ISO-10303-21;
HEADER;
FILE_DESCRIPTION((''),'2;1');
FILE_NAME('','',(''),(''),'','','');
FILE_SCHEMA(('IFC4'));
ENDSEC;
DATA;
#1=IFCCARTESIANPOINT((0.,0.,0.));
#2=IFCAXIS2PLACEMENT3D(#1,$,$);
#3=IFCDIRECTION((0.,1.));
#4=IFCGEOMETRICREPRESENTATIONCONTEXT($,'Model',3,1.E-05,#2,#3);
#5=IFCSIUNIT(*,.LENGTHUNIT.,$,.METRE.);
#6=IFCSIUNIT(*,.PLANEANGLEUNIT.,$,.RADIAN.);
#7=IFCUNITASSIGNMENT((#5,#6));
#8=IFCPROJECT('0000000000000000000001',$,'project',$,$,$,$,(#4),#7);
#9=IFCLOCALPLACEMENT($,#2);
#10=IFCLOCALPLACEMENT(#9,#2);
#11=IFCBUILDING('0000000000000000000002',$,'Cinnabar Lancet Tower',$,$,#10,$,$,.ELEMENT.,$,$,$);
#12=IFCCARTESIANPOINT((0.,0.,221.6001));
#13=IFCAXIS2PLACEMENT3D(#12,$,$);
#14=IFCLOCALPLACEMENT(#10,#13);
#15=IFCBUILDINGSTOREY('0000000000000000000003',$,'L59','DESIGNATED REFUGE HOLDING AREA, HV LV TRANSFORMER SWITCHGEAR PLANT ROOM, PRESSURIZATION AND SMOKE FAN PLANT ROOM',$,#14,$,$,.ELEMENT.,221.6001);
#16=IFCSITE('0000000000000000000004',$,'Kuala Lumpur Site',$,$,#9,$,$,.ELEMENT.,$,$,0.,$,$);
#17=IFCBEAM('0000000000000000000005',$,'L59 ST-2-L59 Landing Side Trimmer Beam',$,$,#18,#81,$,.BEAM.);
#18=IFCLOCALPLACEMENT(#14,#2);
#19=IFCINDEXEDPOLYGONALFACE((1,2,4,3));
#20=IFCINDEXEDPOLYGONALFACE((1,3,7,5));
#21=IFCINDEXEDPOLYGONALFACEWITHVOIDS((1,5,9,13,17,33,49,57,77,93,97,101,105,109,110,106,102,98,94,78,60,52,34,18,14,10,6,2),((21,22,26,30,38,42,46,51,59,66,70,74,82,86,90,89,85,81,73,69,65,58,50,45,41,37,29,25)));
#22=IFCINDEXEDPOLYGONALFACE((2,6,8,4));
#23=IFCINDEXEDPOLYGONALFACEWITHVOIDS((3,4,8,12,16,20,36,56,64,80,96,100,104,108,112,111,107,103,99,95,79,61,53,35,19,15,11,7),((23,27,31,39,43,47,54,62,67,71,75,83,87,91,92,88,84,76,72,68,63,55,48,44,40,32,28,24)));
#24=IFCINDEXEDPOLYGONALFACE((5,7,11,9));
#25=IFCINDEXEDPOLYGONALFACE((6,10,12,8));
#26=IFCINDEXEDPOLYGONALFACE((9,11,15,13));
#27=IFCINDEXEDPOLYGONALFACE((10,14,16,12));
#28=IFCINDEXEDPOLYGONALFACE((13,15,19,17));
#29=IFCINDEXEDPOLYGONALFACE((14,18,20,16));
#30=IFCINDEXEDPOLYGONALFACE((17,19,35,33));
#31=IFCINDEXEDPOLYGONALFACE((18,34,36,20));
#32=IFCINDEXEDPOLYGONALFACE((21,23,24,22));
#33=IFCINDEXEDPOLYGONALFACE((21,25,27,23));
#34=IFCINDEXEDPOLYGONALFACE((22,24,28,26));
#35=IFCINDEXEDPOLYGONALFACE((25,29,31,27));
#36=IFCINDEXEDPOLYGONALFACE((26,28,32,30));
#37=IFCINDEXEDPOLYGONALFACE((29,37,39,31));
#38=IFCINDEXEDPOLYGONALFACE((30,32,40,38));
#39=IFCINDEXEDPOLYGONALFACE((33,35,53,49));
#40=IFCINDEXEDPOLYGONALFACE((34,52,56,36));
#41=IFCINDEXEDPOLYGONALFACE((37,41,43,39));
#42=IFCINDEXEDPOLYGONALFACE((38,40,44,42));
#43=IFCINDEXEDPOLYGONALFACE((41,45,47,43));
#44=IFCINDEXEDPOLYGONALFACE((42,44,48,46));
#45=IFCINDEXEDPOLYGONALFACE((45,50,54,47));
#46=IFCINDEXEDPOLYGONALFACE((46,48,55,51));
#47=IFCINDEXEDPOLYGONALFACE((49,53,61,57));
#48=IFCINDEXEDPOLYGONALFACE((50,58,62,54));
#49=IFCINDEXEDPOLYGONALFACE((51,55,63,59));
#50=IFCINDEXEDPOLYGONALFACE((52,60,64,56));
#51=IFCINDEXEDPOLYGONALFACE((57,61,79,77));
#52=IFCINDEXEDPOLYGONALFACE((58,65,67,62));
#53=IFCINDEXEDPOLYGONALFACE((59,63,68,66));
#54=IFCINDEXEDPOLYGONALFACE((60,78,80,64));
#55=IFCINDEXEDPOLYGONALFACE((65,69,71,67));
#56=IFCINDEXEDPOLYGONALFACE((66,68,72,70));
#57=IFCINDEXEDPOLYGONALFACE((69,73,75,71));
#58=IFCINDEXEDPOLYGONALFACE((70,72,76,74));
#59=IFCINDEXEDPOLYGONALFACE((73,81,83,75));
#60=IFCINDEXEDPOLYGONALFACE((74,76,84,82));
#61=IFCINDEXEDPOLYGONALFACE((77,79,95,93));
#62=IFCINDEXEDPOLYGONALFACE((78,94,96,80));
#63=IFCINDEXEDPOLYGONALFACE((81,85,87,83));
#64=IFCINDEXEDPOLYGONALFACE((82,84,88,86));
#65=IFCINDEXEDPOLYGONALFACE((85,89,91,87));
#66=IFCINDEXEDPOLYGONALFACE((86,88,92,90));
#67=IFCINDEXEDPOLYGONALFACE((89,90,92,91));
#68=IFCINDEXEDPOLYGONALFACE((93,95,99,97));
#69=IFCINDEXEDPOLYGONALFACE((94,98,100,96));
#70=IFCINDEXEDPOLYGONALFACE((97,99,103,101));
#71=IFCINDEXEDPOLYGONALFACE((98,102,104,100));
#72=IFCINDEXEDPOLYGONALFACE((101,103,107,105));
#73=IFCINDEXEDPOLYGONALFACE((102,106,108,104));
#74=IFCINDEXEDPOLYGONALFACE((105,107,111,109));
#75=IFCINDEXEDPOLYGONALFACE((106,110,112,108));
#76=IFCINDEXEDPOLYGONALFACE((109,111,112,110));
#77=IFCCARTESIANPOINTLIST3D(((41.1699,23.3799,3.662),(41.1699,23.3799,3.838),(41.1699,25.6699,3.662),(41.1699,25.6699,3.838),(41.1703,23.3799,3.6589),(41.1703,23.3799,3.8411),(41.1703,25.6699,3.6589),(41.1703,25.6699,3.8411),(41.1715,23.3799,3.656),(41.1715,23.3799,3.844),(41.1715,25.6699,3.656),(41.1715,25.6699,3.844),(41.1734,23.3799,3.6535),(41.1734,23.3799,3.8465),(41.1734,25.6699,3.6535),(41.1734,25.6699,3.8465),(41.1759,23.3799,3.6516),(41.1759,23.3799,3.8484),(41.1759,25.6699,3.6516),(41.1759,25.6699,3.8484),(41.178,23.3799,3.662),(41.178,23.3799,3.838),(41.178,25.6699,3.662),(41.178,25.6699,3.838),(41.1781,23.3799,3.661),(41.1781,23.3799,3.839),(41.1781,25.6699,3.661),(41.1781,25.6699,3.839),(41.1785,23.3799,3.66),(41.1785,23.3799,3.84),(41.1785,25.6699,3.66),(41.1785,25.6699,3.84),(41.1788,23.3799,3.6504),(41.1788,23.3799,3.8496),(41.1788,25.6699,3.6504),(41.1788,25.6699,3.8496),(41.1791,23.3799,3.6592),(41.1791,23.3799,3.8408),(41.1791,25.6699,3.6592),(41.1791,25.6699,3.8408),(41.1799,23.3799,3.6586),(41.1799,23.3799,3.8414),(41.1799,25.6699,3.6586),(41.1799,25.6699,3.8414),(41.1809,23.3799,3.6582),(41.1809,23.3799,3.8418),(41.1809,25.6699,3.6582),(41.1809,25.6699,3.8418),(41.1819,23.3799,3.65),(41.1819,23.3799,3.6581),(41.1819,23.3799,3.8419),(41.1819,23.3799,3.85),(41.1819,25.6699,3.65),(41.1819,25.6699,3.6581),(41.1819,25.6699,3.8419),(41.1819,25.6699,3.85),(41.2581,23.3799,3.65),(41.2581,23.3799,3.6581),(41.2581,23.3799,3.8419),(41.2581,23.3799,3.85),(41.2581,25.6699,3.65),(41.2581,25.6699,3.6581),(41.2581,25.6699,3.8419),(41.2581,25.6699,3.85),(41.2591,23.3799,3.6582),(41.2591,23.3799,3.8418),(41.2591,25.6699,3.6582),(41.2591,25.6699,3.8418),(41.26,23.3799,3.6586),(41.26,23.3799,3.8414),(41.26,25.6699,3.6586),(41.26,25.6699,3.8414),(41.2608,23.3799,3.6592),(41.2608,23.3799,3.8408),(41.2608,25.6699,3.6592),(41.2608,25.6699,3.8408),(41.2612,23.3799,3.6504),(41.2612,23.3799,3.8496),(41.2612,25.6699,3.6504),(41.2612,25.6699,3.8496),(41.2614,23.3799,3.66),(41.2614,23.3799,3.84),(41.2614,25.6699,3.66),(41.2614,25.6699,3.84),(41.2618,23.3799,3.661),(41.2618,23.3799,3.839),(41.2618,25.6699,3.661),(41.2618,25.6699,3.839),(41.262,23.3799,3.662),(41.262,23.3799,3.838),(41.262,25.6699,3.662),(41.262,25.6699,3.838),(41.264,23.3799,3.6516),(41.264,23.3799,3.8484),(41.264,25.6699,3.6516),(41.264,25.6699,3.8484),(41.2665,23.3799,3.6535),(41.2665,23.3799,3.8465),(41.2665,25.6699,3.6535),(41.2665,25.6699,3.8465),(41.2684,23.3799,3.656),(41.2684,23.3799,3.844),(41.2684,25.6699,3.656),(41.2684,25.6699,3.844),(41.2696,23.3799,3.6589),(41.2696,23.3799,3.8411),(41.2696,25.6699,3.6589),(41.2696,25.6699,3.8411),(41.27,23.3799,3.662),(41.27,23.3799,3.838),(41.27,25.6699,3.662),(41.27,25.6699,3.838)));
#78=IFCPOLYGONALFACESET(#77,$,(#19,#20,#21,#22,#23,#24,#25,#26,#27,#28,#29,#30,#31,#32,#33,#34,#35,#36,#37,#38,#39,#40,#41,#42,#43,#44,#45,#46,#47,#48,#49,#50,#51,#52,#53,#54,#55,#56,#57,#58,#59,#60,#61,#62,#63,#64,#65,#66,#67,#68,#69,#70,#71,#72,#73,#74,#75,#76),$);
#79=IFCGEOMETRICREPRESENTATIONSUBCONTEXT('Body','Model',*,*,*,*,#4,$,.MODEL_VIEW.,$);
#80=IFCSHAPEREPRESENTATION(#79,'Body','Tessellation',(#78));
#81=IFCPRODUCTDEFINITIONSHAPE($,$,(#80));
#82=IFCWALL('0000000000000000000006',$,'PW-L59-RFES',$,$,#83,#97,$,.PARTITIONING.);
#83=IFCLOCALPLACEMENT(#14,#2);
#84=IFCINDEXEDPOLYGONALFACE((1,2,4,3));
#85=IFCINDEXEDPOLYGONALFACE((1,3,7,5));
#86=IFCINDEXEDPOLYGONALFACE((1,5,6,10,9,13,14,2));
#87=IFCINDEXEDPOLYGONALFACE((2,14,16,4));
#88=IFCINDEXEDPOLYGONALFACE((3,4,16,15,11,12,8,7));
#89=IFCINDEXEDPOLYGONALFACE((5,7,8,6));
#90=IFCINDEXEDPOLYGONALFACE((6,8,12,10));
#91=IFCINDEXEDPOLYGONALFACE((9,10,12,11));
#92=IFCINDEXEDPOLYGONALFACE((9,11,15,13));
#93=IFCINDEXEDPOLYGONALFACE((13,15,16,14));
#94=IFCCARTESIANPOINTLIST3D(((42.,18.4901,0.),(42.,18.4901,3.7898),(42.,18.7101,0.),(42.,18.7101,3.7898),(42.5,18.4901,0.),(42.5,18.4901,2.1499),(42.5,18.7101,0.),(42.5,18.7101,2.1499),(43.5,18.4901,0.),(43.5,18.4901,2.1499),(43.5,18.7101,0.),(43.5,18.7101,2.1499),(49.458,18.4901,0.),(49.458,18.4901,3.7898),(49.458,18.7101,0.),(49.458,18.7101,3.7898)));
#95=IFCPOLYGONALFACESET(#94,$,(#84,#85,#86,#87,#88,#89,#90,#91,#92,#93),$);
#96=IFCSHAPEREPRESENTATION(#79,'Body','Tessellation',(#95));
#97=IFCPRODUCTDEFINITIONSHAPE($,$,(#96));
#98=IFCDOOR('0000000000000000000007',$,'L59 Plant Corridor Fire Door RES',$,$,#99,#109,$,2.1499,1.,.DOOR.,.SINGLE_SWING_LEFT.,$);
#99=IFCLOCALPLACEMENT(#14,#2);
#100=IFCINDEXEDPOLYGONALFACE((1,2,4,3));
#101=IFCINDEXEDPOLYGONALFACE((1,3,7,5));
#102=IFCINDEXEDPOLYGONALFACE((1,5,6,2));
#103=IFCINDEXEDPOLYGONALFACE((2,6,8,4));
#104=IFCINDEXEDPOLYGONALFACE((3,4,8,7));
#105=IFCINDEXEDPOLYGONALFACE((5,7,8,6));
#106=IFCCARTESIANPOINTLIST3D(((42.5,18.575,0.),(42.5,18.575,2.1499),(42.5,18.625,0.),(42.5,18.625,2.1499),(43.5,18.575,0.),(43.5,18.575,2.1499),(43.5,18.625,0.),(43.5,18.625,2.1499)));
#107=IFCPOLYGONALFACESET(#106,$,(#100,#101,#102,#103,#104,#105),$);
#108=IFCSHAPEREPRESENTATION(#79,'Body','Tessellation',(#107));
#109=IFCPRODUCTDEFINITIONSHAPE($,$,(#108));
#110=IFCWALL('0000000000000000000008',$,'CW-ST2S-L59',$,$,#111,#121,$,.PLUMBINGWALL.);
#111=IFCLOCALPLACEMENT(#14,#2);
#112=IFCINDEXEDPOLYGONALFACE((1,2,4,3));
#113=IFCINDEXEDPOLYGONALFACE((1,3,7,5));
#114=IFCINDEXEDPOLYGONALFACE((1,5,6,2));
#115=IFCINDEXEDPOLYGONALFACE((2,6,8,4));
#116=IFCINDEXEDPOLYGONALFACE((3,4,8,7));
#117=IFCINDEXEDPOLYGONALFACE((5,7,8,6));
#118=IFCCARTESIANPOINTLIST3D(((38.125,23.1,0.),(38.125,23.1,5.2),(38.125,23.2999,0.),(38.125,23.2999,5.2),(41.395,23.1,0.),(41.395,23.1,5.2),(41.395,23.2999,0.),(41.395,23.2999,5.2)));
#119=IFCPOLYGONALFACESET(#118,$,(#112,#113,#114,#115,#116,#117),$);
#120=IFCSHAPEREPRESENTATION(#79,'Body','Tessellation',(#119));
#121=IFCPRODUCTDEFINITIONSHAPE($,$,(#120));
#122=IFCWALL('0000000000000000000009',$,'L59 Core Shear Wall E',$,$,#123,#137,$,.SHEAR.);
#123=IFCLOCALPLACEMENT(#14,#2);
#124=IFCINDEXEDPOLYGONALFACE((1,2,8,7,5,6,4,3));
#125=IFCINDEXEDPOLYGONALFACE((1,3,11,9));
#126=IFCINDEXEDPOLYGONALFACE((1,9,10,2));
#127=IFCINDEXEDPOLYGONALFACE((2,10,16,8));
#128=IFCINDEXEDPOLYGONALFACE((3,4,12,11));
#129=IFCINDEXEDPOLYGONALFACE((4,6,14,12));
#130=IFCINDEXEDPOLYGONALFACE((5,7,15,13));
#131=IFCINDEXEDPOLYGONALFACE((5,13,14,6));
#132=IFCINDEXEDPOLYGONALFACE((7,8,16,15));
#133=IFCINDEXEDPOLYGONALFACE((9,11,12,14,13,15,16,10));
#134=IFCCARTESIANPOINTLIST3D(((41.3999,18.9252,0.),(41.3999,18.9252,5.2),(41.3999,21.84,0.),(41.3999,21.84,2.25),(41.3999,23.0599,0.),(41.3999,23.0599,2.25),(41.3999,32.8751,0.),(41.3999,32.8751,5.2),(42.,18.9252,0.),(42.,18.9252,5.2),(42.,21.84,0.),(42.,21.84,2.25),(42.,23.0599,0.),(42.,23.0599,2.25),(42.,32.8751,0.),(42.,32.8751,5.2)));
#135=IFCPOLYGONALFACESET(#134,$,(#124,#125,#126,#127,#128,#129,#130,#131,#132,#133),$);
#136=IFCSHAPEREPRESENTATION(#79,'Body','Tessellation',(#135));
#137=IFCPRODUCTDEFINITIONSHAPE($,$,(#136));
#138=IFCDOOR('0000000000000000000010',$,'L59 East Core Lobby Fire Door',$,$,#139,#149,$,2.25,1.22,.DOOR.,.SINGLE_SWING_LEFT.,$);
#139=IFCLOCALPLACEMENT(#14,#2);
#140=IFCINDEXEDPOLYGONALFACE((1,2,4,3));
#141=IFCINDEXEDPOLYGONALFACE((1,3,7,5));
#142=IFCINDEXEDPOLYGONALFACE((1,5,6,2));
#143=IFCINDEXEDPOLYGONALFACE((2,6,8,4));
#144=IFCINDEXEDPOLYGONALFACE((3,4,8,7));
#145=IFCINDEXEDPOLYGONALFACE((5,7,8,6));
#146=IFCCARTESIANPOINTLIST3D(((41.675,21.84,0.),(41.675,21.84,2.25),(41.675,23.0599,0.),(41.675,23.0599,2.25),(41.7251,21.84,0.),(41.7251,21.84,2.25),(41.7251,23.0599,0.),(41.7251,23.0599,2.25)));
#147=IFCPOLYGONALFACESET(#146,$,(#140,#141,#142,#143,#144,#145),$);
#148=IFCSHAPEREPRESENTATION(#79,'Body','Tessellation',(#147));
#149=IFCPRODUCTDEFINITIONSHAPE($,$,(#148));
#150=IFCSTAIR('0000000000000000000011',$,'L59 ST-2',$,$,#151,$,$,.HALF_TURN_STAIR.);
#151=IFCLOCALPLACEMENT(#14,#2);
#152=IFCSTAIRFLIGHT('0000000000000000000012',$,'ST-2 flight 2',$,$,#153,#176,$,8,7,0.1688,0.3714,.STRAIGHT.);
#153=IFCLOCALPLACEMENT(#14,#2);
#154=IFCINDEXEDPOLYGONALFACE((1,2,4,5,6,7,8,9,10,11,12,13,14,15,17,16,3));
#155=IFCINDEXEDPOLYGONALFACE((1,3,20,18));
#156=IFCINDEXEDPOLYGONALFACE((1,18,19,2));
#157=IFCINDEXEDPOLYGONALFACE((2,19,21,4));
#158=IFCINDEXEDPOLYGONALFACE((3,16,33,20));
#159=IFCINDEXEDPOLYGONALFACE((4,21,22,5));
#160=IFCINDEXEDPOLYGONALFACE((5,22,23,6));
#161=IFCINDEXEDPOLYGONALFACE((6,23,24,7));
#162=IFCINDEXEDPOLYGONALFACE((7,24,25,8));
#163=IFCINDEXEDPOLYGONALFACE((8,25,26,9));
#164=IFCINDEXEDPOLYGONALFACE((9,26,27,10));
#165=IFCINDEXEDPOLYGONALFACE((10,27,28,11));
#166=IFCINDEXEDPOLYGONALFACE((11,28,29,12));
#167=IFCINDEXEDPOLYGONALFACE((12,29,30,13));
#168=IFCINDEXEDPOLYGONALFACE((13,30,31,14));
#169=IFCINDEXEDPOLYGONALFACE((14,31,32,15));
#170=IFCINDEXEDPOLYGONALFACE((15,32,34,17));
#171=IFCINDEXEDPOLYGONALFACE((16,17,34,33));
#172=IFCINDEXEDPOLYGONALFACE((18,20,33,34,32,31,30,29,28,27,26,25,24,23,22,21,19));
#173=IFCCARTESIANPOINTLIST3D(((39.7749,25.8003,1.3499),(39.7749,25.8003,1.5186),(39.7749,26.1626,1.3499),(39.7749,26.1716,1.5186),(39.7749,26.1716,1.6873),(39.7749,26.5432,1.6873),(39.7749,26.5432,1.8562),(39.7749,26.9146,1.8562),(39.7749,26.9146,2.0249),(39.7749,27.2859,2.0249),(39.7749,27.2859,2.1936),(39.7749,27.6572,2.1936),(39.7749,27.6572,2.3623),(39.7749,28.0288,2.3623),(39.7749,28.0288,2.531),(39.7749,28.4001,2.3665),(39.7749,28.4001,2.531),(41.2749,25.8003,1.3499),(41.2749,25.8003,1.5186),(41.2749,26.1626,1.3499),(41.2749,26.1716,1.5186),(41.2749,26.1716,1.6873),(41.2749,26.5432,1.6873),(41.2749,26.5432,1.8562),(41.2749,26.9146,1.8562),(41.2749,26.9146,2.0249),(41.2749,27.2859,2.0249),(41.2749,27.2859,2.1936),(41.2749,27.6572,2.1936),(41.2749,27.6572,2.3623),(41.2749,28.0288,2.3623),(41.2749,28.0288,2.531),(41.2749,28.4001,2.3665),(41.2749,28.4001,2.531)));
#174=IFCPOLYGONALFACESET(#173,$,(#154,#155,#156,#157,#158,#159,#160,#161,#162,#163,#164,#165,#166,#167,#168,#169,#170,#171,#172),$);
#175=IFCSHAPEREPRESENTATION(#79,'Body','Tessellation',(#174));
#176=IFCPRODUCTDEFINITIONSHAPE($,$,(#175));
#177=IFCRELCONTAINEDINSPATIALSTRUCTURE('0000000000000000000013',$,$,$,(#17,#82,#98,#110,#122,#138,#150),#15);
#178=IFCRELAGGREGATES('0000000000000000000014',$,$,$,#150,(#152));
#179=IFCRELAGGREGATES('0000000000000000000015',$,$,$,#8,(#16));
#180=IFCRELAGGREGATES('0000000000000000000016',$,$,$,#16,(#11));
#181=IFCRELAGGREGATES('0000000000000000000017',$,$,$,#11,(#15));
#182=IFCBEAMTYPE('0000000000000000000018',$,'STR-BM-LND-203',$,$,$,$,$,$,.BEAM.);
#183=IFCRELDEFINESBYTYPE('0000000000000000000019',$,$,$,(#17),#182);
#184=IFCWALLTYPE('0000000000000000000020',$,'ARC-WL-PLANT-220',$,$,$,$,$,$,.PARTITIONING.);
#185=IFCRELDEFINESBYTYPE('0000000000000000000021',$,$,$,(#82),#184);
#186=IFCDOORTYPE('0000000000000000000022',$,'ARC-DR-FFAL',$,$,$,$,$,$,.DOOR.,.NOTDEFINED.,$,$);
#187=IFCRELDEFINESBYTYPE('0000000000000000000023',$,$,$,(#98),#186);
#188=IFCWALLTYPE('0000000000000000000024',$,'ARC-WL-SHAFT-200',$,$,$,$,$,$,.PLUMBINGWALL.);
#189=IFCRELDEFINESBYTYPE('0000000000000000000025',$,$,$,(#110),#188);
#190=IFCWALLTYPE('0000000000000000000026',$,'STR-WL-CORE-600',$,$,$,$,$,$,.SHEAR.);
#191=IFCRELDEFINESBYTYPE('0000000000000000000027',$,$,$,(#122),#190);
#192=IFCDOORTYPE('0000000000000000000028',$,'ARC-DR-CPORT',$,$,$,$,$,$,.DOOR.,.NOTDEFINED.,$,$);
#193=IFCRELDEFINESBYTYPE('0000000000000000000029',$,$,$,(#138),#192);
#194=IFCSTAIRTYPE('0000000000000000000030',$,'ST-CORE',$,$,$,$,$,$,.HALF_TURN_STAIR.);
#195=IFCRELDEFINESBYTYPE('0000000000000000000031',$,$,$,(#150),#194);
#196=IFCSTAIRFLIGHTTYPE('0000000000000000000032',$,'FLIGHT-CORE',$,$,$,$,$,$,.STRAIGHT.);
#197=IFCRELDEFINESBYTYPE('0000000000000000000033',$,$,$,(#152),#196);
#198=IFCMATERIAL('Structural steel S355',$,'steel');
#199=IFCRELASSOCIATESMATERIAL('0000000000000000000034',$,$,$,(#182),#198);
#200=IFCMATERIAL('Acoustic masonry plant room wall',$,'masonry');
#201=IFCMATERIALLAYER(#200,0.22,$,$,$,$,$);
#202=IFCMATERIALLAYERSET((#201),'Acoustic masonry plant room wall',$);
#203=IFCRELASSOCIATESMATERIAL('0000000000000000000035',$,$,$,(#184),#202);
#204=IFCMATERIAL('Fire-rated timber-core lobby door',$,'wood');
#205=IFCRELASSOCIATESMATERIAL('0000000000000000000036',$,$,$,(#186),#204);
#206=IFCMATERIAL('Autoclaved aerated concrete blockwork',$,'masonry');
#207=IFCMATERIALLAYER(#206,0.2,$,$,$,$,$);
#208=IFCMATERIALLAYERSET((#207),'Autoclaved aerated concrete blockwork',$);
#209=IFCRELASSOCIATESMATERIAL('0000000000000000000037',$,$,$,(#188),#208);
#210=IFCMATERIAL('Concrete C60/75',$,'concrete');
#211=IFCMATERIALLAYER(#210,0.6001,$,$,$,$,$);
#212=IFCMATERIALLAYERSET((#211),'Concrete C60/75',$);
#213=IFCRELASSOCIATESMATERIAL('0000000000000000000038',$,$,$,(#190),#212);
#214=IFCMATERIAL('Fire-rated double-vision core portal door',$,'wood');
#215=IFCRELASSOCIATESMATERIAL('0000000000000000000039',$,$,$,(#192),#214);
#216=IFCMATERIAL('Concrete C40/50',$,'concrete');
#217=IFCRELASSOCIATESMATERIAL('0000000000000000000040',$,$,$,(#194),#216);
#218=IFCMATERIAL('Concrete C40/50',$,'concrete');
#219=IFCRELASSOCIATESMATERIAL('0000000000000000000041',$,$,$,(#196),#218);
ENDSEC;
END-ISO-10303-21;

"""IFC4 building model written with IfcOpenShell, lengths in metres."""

from ifc_helpers import new_model, si_unit, direction, frame, frame_2d, origin, origin_2d, place, context, subcontext, project, spatial, polyline, rectangle, hollow_rectangle, outline, extrude, material, layer, layer_set, material_profile, profile_set, type_object, element, fill, aggregate, save


model = new_model("IFC4")

# Units and contexts
model_context = context("Model", 3, precision=1e-05, world=origin(), true_north=direction((0.0, 1.0)))
body_context = subcontext(model_context, "Body", "Model", "MODEL_VIEW")
ifc_project = project(units=[si_unit("LENGTHUNIT", "METRE"), si_unit("PLANEANGLEUNIT", "RADIAN")], contexts=[model_context])

# Site, building, storey
site_placement = place(None, origin())
site = spatial("IfcSite", under=ifc_project, at=site_placement, Name="Kuala Lumpur Site", CompositionType="ELEMENT", RefElevation=0.0)
building_placement = place(site_placement, origin())
building = spatial("IfcBuilding", under=site, at=building_placement, Name="Cinnabar Lancet Tower", CompositionType="ELEMENT")
storey_placement = place(building_placement, frame((0.0, 0.0, 221.6001)))
storey = spatial("IfcBuildingStorey", under=building, at=storey_placement, Name="L59", Description="DESIGNATED REFUGE HOLDING AREA, HV LV TRANSFORMER SWITCHGEAR PLANT ROOM, PRESSURIZATION AND SMOKE FAN PLANT ROOM", CompositionType="ELEMENT", Elevation=221.6001)

# Beam
ifc_material_1 = material(Name="Structural steel S355", Category="steel")
ifc_material_profile_1 = material_profile(ifc_material_1, hollow_rectangle(XDim=0.1001, YDim=0.2, WallThickness=0.0081, InnerFilletRadius=0.0039, OuterFilletRadius=0.012, at=origin_2d()), Name="RHS 200x100x8")
ifc_profile_set_1 = profile_set([ifc_material_profile_1], Name="Structural steel S355")
beam_type_1 = type_object("IfcBeamType", Name="STR-BM-LND-203", PredefinedType="BEAM", material=ifc_profile_set_1)
beam_1_placement = place(storey_placement, frame((41.22, 23.3799, 3.75), z_axis=(0.0, 1.0, 0.0), x_axis=(-1.0, 0.0, 0.0)))
element("IfcBeam", 1, at=beam_1_placement, inside=storey, type_object=beam_type_1, Name="L59 ST-2-L59 Landing Side Trimmer Beam", PredefinedType="BEAM", context=body_context, shape_type="SweptSolid", body=[
    extrude(hollow_rectangle(XDim=0.1001, YDim=0.2, WallThickness=0.0081, InnerFilletRadius=0.0039, OuterFilletRadius=0.012, at=origin_2d()), origin(), (0.0, 0.0, 1.0), 2.29),
])

# Wall, opening, door
ifc_material_2 = material(Name="Acoustic masonry plant room wall", Category="masonry")
ifc_layer_1 = layer(ifc_material_2, 0.22)
ifc_layer_set_1 = layer_set([ifc_layer_1], Name="Acoustic masonry plant room wall")
wall_type_1 = type_object("IfcWallType", Name="ARC-WL-PLANT-220", PredefinedType="PARTITIONING", material=ifc_layer_set_1)
wall_1_placement = place(storey_placement, frame((42.0, 18.6001, 0.0), z_axis=(0.0, 0.0, 1.0), x_axis=(1.0, 0.0, 0.0)))
wall_1 = element("IfcWall", 2, at=wall_1_placement, inside=storey, type_object=wall_type_1, Name="PW-L59-RFES", PredefinedType="PARTITIONING", context=body_context, shape_type="SweptSolid", body=[
    extrude(rectangle(XDim=7.458, YDim=0.22, at=frame_2d((3.729, 0.0))), origin(), (0.0, 0.0, 1.0), 3.7898),
])
opening_1_placement = place(wall_1_placement, frame((0.5, 0.0, 0.0)))
opening_1 = element("IfcOpeningElement", 3, at=opening_1_placement, cuts=wall_1, PredefinedType="OPENING", context=body_context, shape_type="SweptSolid", body=[
    extrude(rectangle(XDim=1.0, YDim=2.1499, at=frame_2d((0.5, 1.075))), frame((0.0, 0.1199, 0.0), z_axis=(0.0, -1.0, 0.0), x_axis=(1.0, 0.0, 0.0)), (0.0, 0.0, 1.0), 0.24),
])
ifc_material_3 = material(Name="Fire-rated timber-core lobby door", Category="wood")
door_type_1 = type_object("IfcDoorType", Name="ARC-DR-FFAL", OperationType="NOTDEFINED", PredefinedType="DOOR", material=ifc_material_3)
door_1_placement = place(opening_1_placement, origin())
door_1 = element("IfcDoor", 4, at=door_1_placement, inside=storey, type_object=door_type_1, Name="L59 Plant Corridor Fire Door RES", OperationType="SINGLE_SWING_LEFT", OverallHeight=2.1499, OverallWidth=1.0, PredefinedType="DOOR", context=body_context, shape_type="SweptSolid", body=[
    extrude(rectangle(XDim=1.0, YDim=2.1499, at=frame_2d((0.5, 1.075))), frame((0.0, 0.0249, 0.0), z_axis=(0.0, -1.0, 0.0), x_axis=(1.0, 0.0, 0.0)), (0.0, 0.0, 1.0), 0.05),
])
fill(opening_1, door_1)

# Wall
ifc_material_4 = material(Name="Autoclaved aerated concrete blockwork", Category="masonry")
ifc_layer_2 = layer(ifc_material_4, 0.2)
ifc_layer_set_2 = layer_set([ifc_layer_2], Name="Autoclaved aerated concrete blockwork")
wall_type_2 = type_object("IfcWallType", Name="ARC-WL-SHAFT-200", PredefinedType="PLUMBINGWALL", material=ifc_layer_set_2)
wall_2_placement = place(storey_placement, frame((38.125, 23.2, 0.0), z_axis=(0.0, 0.0, 1.0), x_axis=(1.0, 0.0, 0.0)))
element("IfcWall", 5, at=wall_2_placement, inside=storey, type_object=wall_type_2, Name="CW-ST2S-L59", PredefinedType="PLUMBINGWALL", context=body_context, shape_type="SweptSolid", body=[
    extrude(rectangle(XDim=3.27, YDim=0.2, at=frame_2d((1.635, 0.0))), origin(), (0.0, 0.0, 1.0), 5.2),
])

# Wall, opening, door
ifc_material_5 = material(Name="Concrete C60/75", Category="concrete")
ifc_layer_3 = layer(ifc_material_5, 0.6001)
ifc_layer_set_3 = layer_set([ifc_layer_3], Name="Concrete C60/75")
wall_type_3 = type_object("IfcWallType", Name="STR-WL-CORE-600", PredefinedType="SHEAR", material=ifc_layer_set_3)
wall_3_placement = place(storey_placement, frame((41.7, 18.925, 0.0), z_axis=(0.0, 0.0, 1.0), x_axis=(0.0, 1.0, 0.0)))
wall_3 = element("IfcWall", 6, at=wall_3_placement, inside=storey, type_object=wall_type_3, Name="L59 Core Shear Wall E", PredefinedType="SHEAR", context=body_context, shape_type="SweptSolid", body=[
    extrude(rectangle(XDim=13.95, YDim=0.6001, at=frame_2d((6.9751, 0.0))), origin(), (0.0, 0.0, 1.0), 5.2),
])
opening_2_placement = place(wall_3_placement, frame((2.915, 0.0, 0.0)))
opening_2 = element("IfcOpeningElement", 7, at=opening_2_placement, cuts=wall_3, PredefinedType="OPENING", context=body_context, shape_type="SweptSolid", body=[
    extrude(rectangle(XDim=1.22, YDim=2.25, at=frame_2d((0.6099, 1.125))), frame((0.0, 0.3101, 0.0), z_axis=(0.0, -1.0, 0.0), x_axis=(1.0, 0.0, 0.0)), (0.0, 0.0, 1.0), 0.6201),
])
ifc_material_6 = material(Name="Fire-rated double-vision core portal door", Category="wood")
door_type_2 = type_object("IfcDoorType", Name="ARC-DR-CPORT", OperationType="NOTDEFINED", PredefinedType="DOOR", material=ifc_material_6)
door_2_placement = place(opening_2_placement, origin())
door_2 = element("IfcDoor", 8, at=door_2_placement, inside=storey, type_object=door_type_2, Name="L59 East Core Lobby Fire Door", OperationType="SINGLE_SWING_LEFT", OverallHeight=2.25, OverallWidth=1.22, PredefinedType="DOOR", context=body_context, shape_type="SweptSolid", body=[
    extrude(rectangle(XDim=1.22, YDim=2.25, at=frame_2d((0.6099, 1.125))), frame((0.0, 0.0249, 0.0), z_axis=(0.0, -1.0, 0.0), x_axis=(1.0, 0.0, 0.0)), (0.0, 0.0, 1.0), 0.05),
])
fill(opening_2, door_2)

# Stair, stair flight
ifc_material_7 = material(Name="Concrete C40/50", Category="concrete")
stair_type = type_object("IfcStairType", Name="ST-CORE", PredefinedType="HALF_TURN_STAIR", material=ifc_material_7)
stair_placement = place(storey_placement, origin())
stair = element("IfcStair", 9, at=stair_placement, inside=storey, type_object=stair_type, Name="L59 ST-2", PredefinedType="HALF_TURN_STAIR")
ifc_material_8 = material(Name="Concrete C40/50", Category="concrete")
stair_flight_type = type_object("IfcStairFlightType", Name="FLIGHT-CORE", PredefinedType="STRAIGHT", material=ifc_material_8)
stair_flight_1_placement = place(storey_placement, frame((40.5249, 25.8003, 1.3499), z_axis=(0.0, 0.0, 1.0), x_axis=(0.0, 1.0, 0.0)))
stair_flight_1 = element("IfcStairFlight", 10, at=stair_flight_1_placement, type_object=stair_flight_type, Name="ST-2 flight 2", NumberOfRisers=8, NumberOfTreads=7, PredefinedType="STRAIGHT", RiserHeight=0.1688, TreadLength=0.3714, context=body_context, shape_type="SweptSolid", body=[
    extrude(outline(polyline([(0.0, 0.0), (0.0, 0.1687), (0.3713, 0.1687), (0.3713, 0.3374), (0.7429, 0.3374), (0.7429, 0.5063), (1.1143, 0.5063), (1.1143, 0.675), (1.4856, 0.675), (1.4856, 0.8438), (1.8569, 0.8438), (1.8569, 1.0125), (2.2285, 1.0125), (2.2285, 1.1812), (2.5999, 1.1812), (2.5999, 1.3501), (2.5999, 1.0166), (0.3623, 0.0), (0.0, 0.0)])), frame((0.0, 0.75, 0.0), z_axis=(0.0, -1.0, 0.0), x_axis=(1.0, 0.0, 0.0)), (0.0, 0.0, 1.0), 1.5),
])
aggregate(stair, [stair_flight_1])

save(model, "model.ifc")
